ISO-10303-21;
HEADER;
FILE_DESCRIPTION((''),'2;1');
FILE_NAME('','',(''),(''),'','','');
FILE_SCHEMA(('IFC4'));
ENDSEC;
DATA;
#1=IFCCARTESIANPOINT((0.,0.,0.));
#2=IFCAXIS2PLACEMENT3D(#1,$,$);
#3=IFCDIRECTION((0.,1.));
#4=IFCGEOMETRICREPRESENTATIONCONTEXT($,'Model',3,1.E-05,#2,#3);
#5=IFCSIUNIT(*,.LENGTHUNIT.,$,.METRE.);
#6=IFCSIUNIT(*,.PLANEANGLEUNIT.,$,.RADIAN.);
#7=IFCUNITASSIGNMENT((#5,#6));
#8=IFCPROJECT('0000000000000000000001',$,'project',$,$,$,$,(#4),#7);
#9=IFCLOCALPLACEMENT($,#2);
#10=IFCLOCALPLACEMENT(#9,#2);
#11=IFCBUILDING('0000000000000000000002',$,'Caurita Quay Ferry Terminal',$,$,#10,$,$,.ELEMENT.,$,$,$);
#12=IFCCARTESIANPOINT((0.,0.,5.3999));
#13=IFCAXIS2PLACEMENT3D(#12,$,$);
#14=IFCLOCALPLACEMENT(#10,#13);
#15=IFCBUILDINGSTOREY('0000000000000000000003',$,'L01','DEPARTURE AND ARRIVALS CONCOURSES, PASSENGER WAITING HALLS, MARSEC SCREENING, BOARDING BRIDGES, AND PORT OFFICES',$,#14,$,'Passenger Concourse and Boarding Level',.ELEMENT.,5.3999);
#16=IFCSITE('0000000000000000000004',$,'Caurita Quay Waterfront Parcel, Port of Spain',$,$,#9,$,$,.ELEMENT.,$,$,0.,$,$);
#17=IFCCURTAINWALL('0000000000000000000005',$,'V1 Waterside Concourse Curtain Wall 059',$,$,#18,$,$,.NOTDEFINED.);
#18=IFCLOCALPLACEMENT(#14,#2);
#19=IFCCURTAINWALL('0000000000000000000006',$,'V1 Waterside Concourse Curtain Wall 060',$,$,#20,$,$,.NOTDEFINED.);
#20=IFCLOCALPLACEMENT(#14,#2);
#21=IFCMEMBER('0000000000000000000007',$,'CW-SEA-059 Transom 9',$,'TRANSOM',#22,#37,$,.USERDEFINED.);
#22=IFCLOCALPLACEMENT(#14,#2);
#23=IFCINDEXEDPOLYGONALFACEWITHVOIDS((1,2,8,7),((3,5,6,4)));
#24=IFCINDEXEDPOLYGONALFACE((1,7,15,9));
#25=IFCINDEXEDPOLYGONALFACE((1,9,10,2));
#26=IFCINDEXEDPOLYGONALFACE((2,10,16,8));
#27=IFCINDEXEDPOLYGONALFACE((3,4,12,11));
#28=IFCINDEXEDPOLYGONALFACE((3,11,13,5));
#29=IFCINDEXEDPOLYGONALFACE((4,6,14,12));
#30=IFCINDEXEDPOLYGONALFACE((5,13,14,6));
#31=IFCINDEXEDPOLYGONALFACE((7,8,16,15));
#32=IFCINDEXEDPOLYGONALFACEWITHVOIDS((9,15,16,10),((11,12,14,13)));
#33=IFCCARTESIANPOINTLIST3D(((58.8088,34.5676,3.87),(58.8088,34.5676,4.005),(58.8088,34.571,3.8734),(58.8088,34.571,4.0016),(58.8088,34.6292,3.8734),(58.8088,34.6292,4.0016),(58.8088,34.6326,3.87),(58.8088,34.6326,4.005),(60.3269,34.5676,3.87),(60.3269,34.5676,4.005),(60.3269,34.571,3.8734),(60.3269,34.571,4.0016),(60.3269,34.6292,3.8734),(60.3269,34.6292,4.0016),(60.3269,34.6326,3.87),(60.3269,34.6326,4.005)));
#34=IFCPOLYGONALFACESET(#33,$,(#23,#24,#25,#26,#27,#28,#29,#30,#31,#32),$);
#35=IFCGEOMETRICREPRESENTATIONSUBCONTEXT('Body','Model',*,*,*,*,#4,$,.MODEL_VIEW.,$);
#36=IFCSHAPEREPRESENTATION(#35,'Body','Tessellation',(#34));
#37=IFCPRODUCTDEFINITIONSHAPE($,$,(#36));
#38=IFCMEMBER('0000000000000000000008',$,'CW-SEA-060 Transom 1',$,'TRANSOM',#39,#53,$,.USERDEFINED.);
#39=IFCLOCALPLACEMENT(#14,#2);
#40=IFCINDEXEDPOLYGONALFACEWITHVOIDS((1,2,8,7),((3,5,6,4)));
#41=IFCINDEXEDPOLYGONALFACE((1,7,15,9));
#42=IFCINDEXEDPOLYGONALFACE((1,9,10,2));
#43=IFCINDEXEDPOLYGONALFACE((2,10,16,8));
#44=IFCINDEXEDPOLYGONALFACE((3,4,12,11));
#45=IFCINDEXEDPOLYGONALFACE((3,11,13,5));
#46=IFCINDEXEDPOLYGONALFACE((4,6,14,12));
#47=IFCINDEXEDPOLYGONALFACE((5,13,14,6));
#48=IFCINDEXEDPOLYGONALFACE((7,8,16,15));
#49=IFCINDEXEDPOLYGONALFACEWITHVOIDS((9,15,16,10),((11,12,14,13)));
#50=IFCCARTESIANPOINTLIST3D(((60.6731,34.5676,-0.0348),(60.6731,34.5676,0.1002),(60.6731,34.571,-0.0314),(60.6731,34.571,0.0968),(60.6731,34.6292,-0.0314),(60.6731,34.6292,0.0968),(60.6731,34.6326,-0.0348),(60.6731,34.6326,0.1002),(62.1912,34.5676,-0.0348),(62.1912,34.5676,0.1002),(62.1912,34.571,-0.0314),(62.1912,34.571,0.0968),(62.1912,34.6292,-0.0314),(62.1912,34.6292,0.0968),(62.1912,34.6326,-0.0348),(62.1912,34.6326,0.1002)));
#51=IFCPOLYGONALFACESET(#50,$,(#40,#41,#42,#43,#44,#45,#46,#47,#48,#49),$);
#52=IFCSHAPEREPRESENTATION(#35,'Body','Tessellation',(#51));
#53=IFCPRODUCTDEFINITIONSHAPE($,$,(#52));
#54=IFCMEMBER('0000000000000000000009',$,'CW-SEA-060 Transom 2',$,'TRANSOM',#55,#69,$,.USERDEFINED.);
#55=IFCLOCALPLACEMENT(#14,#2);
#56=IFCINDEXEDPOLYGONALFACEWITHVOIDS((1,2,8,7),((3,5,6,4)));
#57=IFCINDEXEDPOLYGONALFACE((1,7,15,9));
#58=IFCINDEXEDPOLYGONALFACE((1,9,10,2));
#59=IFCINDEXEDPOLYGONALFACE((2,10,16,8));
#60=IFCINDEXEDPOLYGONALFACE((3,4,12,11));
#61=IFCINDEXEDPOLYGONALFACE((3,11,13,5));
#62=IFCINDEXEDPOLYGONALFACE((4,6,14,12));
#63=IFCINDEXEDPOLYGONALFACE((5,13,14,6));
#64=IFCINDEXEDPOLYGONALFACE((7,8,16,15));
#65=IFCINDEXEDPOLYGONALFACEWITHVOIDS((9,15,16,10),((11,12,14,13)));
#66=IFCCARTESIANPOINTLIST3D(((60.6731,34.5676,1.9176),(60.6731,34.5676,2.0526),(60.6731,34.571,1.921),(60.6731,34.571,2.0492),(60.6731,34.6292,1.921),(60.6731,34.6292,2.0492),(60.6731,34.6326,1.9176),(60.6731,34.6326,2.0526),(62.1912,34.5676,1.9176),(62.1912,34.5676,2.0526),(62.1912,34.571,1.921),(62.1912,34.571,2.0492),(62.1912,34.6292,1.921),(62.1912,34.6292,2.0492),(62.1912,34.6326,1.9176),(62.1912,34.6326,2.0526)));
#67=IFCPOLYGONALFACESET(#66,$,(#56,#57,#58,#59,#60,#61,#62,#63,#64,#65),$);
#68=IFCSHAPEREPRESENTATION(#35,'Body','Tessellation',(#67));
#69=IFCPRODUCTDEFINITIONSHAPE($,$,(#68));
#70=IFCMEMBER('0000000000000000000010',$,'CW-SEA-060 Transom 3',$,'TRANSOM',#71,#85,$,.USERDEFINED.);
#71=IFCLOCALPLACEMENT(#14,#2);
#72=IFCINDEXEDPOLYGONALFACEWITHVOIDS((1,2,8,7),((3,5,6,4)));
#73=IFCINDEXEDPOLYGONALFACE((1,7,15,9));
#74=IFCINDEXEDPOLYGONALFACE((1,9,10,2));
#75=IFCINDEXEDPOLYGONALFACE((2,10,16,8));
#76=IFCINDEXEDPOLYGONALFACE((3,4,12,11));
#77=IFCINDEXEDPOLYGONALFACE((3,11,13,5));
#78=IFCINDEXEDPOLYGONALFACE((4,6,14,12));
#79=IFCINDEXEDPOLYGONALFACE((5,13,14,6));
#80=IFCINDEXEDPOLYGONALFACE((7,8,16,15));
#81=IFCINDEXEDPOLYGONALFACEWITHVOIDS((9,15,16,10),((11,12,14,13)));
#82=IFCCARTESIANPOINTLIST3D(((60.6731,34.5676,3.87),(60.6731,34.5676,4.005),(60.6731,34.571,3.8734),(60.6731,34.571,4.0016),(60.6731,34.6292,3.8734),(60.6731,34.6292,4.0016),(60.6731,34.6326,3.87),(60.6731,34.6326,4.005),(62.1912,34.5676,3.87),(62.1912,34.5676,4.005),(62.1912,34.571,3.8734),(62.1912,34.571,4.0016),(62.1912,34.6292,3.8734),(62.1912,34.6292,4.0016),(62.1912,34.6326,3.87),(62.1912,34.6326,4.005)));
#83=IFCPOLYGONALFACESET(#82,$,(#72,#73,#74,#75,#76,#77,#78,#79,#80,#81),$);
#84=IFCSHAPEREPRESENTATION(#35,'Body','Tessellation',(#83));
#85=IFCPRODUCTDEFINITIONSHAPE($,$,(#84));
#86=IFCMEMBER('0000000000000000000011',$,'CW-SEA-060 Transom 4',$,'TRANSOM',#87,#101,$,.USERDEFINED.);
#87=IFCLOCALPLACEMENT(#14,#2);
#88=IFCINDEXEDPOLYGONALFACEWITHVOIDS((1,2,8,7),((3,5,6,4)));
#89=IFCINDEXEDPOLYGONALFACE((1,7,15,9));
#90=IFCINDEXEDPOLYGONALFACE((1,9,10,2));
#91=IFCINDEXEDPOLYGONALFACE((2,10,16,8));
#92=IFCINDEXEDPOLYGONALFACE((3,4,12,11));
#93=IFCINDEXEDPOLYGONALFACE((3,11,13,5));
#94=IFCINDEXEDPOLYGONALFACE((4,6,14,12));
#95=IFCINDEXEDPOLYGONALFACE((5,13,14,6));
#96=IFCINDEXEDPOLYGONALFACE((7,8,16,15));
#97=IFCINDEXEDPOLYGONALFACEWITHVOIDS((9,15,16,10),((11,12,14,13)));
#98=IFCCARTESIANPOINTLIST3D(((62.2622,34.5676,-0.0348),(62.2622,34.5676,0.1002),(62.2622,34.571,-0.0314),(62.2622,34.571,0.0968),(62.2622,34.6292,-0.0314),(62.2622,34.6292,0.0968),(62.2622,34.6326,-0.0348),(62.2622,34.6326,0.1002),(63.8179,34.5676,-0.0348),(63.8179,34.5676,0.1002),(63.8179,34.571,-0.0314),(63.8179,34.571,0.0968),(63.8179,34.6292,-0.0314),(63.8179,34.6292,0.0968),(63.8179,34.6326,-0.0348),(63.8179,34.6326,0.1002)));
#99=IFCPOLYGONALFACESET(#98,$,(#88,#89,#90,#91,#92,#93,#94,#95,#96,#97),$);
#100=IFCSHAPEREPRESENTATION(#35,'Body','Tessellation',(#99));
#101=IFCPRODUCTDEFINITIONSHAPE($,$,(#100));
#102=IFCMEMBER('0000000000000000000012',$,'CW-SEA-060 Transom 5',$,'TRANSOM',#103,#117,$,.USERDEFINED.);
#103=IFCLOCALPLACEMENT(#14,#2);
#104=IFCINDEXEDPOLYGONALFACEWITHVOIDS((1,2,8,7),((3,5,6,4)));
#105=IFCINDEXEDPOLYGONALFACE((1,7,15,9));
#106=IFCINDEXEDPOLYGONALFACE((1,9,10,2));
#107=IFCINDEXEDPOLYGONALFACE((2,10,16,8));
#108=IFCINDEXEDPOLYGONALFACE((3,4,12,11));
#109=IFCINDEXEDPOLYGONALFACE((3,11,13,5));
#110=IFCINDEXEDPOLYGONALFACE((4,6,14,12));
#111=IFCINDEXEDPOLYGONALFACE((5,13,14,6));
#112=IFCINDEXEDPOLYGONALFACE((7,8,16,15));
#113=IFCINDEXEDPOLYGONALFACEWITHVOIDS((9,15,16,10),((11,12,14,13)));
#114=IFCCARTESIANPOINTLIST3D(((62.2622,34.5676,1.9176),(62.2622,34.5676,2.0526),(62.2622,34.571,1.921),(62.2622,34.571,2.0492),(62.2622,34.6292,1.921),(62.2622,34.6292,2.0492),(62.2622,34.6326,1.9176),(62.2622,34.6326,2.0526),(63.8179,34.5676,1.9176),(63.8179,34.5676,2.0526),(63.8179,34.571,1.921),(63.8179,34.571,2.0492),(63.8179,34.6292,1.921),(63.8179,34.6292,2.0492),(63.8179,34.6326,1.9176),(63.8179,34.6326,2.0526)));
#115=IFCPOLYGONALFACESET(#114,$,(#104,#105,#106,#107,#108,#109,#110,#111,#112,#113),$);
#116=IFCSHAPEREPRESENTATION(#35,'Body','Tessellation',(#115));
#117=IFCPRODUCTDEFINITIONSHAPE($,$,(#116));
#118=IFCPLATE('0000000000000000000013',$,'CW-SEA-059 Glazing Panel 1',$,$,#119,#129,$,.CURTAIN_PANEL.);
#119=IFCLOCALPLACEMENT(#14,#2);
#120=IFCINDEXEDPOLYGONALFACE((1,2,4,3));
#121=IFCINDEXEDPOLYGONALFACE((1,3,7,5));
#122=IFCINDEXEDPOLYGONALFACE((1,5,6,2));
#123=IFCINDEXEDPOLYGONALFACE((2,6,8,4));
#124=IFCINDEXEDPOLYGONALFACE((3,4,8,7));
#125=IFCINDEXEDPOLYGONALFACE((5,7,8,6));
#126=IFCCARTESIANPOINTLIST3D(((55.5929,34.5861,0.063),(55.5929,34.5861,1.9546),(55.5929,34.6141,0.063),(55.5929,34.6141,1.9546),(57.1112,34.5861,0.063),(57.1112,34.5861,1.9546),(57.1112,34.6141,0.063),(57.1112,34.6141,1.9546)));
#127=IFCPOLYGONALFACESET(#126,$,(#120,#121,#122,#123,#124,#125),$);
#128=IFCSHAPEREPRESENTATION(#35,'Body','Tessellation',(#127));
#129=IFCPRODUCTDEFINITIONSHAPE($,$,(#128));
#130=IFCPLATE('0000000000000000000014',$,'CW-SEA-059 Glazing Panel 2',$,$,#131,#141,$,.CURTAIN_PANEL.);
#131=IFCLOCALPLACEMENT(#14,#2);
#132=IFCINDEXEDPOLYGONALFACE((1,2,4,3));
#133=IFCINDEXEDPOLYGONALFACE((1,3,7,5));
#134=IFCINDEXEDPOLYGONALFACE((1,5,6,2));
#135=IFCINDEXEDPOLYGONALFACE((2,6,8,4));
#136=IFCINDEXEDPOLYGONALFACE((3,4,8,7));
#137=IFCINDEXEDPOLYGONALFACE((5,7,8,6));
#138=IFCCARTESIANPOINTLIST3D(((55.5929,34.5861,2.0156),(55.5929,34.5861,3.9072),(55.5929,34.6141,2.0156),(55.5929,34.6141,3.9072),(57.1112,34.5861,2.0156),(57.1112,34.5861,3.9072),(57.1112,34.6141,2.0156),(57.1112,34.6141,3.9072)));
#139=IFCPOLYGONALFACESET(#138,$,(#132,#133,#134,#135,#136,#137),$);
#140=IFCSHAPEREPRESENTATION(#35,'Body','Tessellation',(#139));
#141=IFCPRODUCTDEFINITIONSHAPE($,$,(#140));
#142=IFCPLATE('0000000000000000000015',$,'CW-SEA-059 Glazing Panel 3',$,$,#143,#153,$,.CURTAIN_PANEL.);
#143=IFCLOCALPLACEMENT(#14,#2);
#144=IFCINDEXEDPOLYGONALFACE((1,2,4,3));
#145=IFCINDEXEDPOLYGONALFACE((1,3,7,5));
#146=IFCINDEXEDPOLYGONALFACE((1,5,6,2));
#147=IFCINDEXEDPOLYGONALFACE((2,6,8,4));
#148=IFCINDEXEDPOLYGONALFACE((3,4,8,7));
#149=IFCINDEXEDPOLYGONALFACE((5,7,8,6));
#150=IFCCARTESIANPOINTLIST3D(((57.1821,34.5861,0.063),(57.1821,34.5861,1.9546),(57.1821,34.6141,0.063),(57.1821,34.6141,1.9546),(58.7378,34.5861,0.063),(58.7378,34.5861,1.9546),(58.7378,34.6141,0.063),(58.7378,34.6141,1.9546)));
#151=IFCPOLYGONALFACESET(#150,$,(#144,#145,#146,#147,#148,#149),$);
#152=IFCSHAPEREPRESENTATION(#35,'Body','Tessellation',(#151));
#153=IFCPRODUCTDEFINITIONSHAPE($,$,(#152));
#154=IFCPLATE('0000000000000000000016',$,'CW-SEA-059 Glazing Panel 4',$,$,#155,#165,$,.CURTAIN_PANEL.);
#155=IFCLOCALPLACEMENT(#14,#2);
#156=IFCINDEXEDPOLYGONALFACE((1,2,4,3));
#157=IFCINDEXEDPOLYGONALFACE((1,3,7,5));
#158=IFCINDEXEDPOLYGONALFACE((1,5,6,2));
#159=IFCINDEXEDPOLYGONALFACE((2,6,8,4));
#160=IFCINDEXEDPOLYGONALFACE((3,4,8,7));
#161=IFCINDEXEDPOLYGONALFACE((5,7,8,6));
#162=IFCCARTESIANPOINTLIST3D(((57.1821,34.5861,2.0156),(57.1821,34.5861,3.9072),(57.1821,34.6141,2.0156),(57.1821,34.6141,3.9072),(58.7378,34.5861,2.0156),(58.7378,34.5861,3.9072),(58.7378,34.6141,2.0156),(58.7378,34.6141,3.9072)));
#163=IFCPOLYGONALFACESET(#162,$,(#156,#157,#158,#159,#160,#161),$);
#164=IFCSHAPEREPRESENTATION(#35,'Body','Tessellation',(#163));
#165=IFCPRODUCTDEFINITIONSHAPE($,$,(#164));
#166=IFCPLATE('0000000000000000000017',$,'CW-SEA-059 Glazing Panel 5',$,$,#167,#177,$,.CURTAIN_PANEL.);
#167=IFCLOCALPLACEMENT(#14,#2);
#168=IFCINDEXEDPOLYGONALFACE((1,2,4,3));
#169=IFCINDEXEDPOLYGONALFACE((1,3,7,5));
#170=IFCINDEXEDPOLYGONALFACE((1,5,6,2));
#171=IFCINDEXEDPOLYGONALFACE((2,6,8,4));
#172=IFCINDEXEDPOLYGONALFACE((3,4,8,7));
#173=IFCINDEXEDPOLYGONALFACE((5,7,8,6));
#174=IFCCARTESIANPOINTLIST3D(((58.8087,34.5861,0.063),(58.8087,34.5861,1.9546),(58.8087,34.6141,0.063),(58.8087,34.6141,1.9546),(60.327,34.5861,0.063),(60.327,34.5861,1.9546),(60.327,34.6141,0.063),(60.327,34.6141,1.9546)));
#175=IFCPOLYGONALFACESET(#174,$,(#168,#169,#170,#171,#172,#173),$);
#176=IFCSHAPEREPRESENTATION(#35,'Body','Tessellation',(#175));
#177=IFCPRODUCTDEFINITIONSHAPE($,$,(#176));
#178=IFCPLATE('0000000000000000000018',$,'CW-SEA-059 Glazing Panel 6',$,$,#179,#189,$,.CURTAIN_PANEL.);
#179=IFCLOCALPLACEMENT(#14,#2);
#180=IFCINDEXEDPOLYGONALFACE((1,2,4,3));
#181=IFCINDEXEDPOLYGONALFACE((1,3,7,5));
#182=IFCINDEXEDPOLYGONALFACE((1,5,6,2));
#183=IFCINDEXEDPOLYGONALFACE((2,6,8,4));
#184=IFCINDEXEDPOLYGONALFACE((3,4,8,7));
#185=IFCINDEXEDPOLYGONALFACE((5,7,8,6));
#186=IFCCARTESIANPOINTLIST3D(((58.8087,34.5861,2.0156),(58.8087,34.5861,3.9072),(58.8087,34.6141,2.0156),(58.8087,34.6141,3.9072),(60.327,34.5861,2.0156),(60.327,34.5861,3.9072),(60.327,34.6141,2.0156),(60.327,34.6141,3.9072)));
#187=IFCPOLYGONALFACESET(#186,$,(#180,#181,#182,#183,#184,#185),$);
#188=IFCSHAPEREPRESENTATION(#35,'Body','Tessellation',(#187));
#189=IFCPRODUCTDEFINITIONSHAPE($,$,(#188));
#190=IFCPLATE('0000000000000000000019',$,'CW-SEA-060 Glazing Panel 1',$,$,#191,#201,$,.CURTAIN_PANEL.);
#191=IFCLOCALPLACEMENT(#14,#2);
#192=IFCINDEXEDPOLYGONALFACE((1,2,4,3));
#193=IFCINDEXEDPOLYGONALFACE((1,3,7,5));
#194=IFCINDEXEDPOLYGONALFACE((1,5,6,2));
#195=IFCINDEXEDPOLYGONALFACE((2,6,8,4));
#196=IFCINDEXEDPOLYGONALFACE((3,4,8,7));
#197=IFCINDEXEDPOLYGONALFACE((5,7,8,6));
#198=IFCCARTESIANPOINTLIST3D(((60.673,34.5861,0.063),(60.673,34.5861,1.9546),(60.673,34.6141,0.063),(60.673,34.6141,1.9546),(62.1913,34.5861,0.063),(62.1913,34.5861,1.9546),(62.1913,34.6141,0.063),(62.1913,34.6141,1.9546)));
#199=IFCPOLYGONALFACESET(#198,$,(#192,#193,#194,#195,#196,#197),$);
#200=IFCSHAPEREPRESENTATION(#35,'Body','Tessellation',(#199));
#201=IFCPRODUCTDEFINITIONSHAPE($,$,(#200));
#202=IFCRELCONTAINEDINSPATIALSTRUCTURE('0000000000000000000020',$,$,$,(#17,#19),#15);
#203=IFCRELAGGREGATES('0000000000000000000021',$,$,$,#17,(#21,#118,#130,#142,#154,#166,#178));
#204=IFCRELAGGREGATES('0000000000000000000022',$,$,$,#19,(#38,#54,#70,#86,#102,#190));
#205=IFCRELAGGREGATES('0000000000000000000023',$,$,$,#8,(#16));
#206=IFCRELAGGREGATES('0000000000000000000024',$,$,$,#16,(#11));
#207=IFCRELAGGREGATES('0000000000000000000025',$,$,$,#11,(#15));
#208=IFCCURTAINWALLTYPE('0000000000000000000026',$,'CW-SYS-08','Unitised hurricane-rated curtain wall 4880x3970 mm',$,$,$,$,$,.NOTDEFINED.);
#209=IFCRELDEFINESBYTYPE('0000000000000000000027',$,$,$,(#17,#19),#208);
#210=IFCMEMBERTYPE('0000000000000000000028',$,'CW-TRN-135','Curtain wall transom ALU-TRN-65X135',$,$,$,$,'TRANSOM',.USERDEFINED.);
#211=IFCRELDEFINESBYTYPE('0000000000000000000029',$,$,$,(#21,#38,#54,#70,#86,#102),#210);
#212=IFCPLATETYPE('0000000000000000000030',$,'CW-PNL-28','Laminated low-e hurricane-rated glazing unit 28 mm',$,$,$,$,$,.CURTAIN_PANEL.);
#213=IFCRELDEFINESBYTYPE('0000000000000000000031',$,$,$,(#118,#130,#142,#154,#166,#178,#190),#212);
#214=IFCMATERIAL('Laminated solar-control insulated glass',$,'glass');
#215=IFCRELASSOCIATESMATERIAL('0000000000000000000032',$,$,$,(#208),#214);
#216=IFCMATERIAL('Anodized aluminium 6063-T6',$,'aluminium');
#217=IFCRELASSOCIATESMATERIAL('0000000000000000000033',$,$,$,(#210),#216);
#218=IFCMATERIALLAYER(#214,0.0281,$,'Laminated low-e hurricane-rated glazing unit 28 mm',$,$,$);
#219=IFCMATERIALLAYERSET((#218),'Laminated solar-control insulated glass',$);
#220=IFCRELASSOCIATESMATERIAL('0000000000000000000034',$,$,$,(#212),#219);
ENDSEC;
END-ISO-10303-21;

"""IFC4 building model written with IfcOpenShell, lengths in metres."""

from ifc_helpers import new_model, si_unit, direction, frame, origin, origin_2d, place, context, subcontext, project, spatial, rectangle, hollow_rectangle, extrude, material, layer, layer_set, material_profile, profile_set, type_object, element, aggregate, save


model = new_model("IFC4")

# Units and contexts
model_context = context("Model", 3, precision=1e-05, world=origin(), true_north=direction((0.0, 1.0)))
body_context = subcontext(model_context, "Body", "Model", "MODEL_VIEW")
ifc_project = project(units=[si_unit("LENGTHUNIT", "METRE"), si_unit("PLANEANGLEUNIT", "RADIAN")], contexts=[model_context])

# Site, building, storey
site_placement = place(None, origin())
site = spatial("IfcSite", under=ifc_project, at=site_placement, Name="Caurita Quay Waterfront Parcel, Port of Spain", CompositionType="ELEMENT", RefElevation=0.0)
building_placement = place(site_placement, origin())
building = spatial("IfcBuilding", under=site, at=building_placement, Name="Caurita Quay Ferry Terminal", CompositionType="ELEMENT")
storey_placement = place(building_placement, frame((0.0, 0.0, 5.3999)))
storey = spatial("IfcBuildingStorey", under=building, at=storey_placement, Name="L01", Description="DEPARTURE AND ARRIVALS CONCOURSES, PASSENGER WAITING HALLS, MARSEC SCREENING, BOARDING BRIDGES, AND PORT OFFICES", LongName="Passenger Concourse and Boarding Level", CompositionType="ELEMENT", Elevation=5.3999)

# Curtain walls
ifc_material_1 = material(Name="Laminated solar-control insulated glass", Category="glass")
curtain_wall_type = type_object("IfcCurtainWallType", Name="CW-SYS-08", Description="Unitised hurricane-rated curtain wall 4880x3970 mm", PredefinedType="NOTDEFINED", material=ifc_material_1)
curtain_wall_1_placement = place(storey_placement, origin())
curtain_wall_1 = element("IfcCurtainWall", 1, at=curtain_wall_1_placement, inside=storey, type_object=curtain_wall_type, Name="V1 Waterside Concourse Curtain Wall 059", PredefinedType="NOTDEFINED")
ifc_material_2 = material(Name="Anodized aluminium 6063-T6", Category="aluminium")
curtain_wall_2_placement = place(storey_placement, origin())
curtain_wall_2 = element("IfcCurtainWall", 2, at=curtain_wall_2_placement, inside=storey, type_object=curtain_wall_type, Name="V1 Waterside Concourse Curtain Wall 060", PredefinedType="NOTDEFINED")

# Members
ifc_material_profile_1 = material_profile(ifc_material_2, hollow_rectangle(XDim=0.0649, YDim=0.135, WallThickness=0.0034, at=origin_2d()), Name="ALU-TRN-65X135")
ifc_profile_set_1 = profile_set([ifc_material_profile_1], Name="Anodized aluminium 6063-T6")
member_type_1 = type_object("IfcMemberType", Name="CW-TRN-135", Description="Curtain wall transom ALU-TRN-65X135", ElementType="TRANSOM", PredefinedType="USERDEFINED", material=ifc_profile_set_1)
member_1_placement = place(storey_placement, frame((58.8088, 34.6001, 3.9375), z_axis=(1.0, 0.0, 0.0), x_axis=(0.0, 1.0, 0.0)))
member_1 = element("IfcMember", 3, at=member_1_placement, type_object=member_type_1, Name="CW-SEA-059 Transom 9", ObjectType="TRANSOM", PredefinedType="USERDEFINED", context=body_context, shape_type="SweptSolid", body=[
    extrude(hollow_rectangle(XDim=0.0649, YDim=0.135, WallThickness=0.0034, at=origin_2d()), origin(), (0.0, 0.0, 1.0), 1.5181),
])
member_2_placement = place(storey_placement, frame((60.6731, 34.6001, 0.0327), z_axis=(1.0, 0.0, 0.0), x_axis=(0.0, 1.0, 0.0)))
member_2 = element("IfcMember", 4, at=member_2_placement, type_object=member_type_1, Name="CW-SEA-060 Transom 1", ObjectType="TRANSOM", PredefinedType="USERDEFINED", context=body_context, shape_type="SweptSolid", body=[
    extrude(hollow_rectangle(XDim=0.0649, YDim=0.135, WallThickness=0.0034, at=origin_2d()), origin(), (0.0, 0.0, 1.0), 1.5181),
])
member_3_placement = place(storey_placement, frame((60.6731, 34.6001, 1.9851), z_axis=(1.0, 0.0, 0.0), x_axis=(0.0, 1.0, 0.0)))
member_3 = element("IfcMember", 5, at=member_3_placement, type_object=member_type_1, Name="CW-SEA-060 Transom 2", ObjectType="TRANSOM", PredefinedType="USERDEFINED", context=body_context, shape_type="SweptSolid", body=[
    extrude(hollow_rectangle(XDim=0.0649, YDim=0.135, WallThickness=0.0034, at=origin_2d()), origin(), (0.0, 0.0, 1.0), 1.5181),
])
member_4_placement = place(storey_placement, frame((60.6731, 34.6001, 3.9375), z_axis=(1.0, 0.0, 0.0), x_axis=(0.0, 1.0, 0.0)))
member_4 = element("IfcMember", 6, at=member_4_placement, type_object=member_type_1, Name="CW-SEA-060 Transom 3", ObjectType="TRANSOM", PredefinedType="USERDEFINED", context=body_context, shape_type="SweptSolid", body=[
    extrude(hollow_rectangle(XDim=0.0649, YDim=0.135, WallThickness=0.0034, at=origin_2d()), origin(), (0.0, 0.0, 1.0), 1.5181),
])
member_5_placement = place(storey_placement, frame((62.2622, 34.6001, 0.0327), z_axis=(1.0, 0.0, 0.0), x_axis=(0.0, 1.0, 0.0)))
member_5 = element("IfcMember", 7, at=member_5_placement, type_object=member_type_1, Name="CW-SEA-060 Transom 4", ObjectType="TRANSOM", PredefinedType="USERDEFINED", context=body_context, shape_type="SweptSolid", body=[
    extrude(hollow_rectangle(XDim=0.0649, YDim=0.135, WallThickness=0.0034, at=origin_2d()), origin(), (0.0, 0.0, 1.0), 1.5557),
])
member_6_placement = place(storey_placement, frame((62.2622, 34.6001, 1.9851), z_axis=(1.0, 0.0, 0.0), x_axis=(0.0, 1.0, 0.0)))
member_6 = element("IfcMember", 8, at=member_6_placement, type_object=member_type_1, Name="CW-SEA-060 Transom 5", ObjectType="TRANSOM", PredefinedType="USERDEFINED", context=body_context, shape_type="SweptSolid", body=[
    extrude(hollow_rectangle(XDim=0.0649, YDim=0.135, WallThickness=0.0034, at=origin_2d()), origin(), (0.0, 0.0, 1.0), 1.5557),
])

# Plates
ifc_layer_1 = layer(ifc_material_1, 0.0281, Name="Laminated low-e hurricane-rated glazing unit 28 mm")
ifc_layer_set_1 = layer_set([ifc_layer_1], Name="Laminated solar-control insulated glass")
plate_type = type_object("IfcPlateType", Name="CW-PNL-28", Description="Laminated low-e hurricane-rated glazing unit 28 mm", PredefinedType="CURTAIN_PANEL", material=ifc_layer_set_1)
plate_1_placement = place(storey_placement, frame((56.3521, 34.6001, 0.063), z_axis=(0.0, 0.0, 1.0), x_axis=(1.0, 0.0, 0.0)))
plate_1 = element("IfcPlate", 9, at=plate_1_placement, type_object=plate_type, Name="CW-SEA-059 Glazing Panel 1", PredefinedType="CURTAIN_PANEL", context=body_context, shape_type="SweptSolid", body=[
    extrude(rectangle(XDim=1.5183, YDim=0.0281, at=origin_2d()), origin(), (0.0, 0.0, 1.0), 1.8916),
])
plate_2_placement = place(storey_placement, frame((56.3521, 34.6001, 2.0156), z_axis=(0.0, 0.0, 1.0), x_axis=(1.0, 0.0, 0.0)))
plate_2 = element("IfcPlate", 10, at=plate_2_placement, type_object=plate_type, Name="CW-SEA-059 Glazing Panel 2", PredefinedType="CURTAIN_PANEL", context=body_context, shape_type="SweptSolid", body=[
    extrude(rectangle(XDim=1.5183, YDim=0.0281, at=origin_2d()), origin(), (0.0, 0.0, 1.0), 1.8916),
])
plate_3_placement = place(storey_placement, frame((57.96, 34.6001, 0.063), z_axis=(0.0, 0.0, 1.0), x_axis=(1.0, 0.0, 0.0)))
plate_3 = element("IfcPlate", 11, at=plate_3_placement, type_object=plate_type, Name="CW-SEA-059 Glazing Panel 3", PredefinedType="CURTAIN_PANEL", context=body_context, shape_type="SweptSolid", body=[
    extrude(rectangle(XDim=1.5557, YDim=0.0281, at=origin_2d()), origin(), (0.0, 0.0, 1.0), 1.8916),
])
plate_4_placement = place(storey_placement, frame((57.96, 34.6001, 2.0156), z_axis=(0.0, 0.0, 1.0), x_axis=(1.0, 0.0, 0.0)))
plate_4 = element("IfcPlate", 12, at=plate_4_placement, type_object=plate_type, Name="CW-SEA-059 Glazing Panel 4", PredefinedType="CURTAIN_PANEL", context=body_context, shape_type="SweptSolid", body=[
    extrude(rectangle(XDim=1.5557, YDim=0.0281, at=origin_2d()), origin(), (0.0, 0.0, 1.0), 1.8916),
])
plate_5_placement = place(storey_placement, frame((59.5679, 34.6001, 0.063), z_axis=(0.0, 0.0, 1.0), x_axis=(1.0, 0.0, 0.0)))
plate_5 = element("IfcPlate", 13, at=plate_5_placement, type_object=plate_type, Name="CW-SEA-059 Glazing Panel 5", PredefinedType="CURTAIN_PANEL", context=body_context, shape_type="SweptSolid", body=[
    extrude(rectangle(XDim=1.5183, YDim=0.0281, at=origin_2d()), origin(), (0.0, 0.0, 1.0), 1.8916),
])
plate_6_placement = place(storey_placement, frame((59.5679, 34.6001, 2.0156), z_axis=(0.0, 0.0, 1.0), x_axis=(1.0, 0.0, 0.0)))
plate_6 = element("IfcPlate", 14, at=plate_6_placement, type_object=plate_type, Name="CW-SEA-059 Glazing Panel 6", PredefinedType="CURTAIN_PANEL", context=body_context, shape_type="SweptSolid", body=[
    extrude(rectangle(XDim=1.5183, YDim=0.0281, at=origin_2d()), origin(), (0.0, 0.0, 1.0), 1.8916),
])
aggregate(curtain_wall_1, [member_1, plate_1, plate_2, plate_3, plate_4, plate_5, plate_6])
plate_7_placement = place(storey_placement, frame((61.4321, 34.6001, 0.063), z_axis=(0.0, 0.0, 1.0), x_axis=(1.0, 0.0, 0.0)))
plate_7 = element("IfcPlate", 15, at=plate_7_placement, type_object=plate_type, Name="CW-SEA-060 Glazing Panel 1", PredefinedType="CURTAIN_PANEL", context=body_context, shape_type="SweptSolid", body=[
    extrude(rectangle(XDim=1.5183, YDim=0.0281, at=origin_2d()), origin(), (0.0, 0.0, 1.0), 1.8916),
])
aggregate(curtain_wall_2, [member_2, member_3, member_4, member_5, member_6, plate_7])

save(model, "model.ifc")
